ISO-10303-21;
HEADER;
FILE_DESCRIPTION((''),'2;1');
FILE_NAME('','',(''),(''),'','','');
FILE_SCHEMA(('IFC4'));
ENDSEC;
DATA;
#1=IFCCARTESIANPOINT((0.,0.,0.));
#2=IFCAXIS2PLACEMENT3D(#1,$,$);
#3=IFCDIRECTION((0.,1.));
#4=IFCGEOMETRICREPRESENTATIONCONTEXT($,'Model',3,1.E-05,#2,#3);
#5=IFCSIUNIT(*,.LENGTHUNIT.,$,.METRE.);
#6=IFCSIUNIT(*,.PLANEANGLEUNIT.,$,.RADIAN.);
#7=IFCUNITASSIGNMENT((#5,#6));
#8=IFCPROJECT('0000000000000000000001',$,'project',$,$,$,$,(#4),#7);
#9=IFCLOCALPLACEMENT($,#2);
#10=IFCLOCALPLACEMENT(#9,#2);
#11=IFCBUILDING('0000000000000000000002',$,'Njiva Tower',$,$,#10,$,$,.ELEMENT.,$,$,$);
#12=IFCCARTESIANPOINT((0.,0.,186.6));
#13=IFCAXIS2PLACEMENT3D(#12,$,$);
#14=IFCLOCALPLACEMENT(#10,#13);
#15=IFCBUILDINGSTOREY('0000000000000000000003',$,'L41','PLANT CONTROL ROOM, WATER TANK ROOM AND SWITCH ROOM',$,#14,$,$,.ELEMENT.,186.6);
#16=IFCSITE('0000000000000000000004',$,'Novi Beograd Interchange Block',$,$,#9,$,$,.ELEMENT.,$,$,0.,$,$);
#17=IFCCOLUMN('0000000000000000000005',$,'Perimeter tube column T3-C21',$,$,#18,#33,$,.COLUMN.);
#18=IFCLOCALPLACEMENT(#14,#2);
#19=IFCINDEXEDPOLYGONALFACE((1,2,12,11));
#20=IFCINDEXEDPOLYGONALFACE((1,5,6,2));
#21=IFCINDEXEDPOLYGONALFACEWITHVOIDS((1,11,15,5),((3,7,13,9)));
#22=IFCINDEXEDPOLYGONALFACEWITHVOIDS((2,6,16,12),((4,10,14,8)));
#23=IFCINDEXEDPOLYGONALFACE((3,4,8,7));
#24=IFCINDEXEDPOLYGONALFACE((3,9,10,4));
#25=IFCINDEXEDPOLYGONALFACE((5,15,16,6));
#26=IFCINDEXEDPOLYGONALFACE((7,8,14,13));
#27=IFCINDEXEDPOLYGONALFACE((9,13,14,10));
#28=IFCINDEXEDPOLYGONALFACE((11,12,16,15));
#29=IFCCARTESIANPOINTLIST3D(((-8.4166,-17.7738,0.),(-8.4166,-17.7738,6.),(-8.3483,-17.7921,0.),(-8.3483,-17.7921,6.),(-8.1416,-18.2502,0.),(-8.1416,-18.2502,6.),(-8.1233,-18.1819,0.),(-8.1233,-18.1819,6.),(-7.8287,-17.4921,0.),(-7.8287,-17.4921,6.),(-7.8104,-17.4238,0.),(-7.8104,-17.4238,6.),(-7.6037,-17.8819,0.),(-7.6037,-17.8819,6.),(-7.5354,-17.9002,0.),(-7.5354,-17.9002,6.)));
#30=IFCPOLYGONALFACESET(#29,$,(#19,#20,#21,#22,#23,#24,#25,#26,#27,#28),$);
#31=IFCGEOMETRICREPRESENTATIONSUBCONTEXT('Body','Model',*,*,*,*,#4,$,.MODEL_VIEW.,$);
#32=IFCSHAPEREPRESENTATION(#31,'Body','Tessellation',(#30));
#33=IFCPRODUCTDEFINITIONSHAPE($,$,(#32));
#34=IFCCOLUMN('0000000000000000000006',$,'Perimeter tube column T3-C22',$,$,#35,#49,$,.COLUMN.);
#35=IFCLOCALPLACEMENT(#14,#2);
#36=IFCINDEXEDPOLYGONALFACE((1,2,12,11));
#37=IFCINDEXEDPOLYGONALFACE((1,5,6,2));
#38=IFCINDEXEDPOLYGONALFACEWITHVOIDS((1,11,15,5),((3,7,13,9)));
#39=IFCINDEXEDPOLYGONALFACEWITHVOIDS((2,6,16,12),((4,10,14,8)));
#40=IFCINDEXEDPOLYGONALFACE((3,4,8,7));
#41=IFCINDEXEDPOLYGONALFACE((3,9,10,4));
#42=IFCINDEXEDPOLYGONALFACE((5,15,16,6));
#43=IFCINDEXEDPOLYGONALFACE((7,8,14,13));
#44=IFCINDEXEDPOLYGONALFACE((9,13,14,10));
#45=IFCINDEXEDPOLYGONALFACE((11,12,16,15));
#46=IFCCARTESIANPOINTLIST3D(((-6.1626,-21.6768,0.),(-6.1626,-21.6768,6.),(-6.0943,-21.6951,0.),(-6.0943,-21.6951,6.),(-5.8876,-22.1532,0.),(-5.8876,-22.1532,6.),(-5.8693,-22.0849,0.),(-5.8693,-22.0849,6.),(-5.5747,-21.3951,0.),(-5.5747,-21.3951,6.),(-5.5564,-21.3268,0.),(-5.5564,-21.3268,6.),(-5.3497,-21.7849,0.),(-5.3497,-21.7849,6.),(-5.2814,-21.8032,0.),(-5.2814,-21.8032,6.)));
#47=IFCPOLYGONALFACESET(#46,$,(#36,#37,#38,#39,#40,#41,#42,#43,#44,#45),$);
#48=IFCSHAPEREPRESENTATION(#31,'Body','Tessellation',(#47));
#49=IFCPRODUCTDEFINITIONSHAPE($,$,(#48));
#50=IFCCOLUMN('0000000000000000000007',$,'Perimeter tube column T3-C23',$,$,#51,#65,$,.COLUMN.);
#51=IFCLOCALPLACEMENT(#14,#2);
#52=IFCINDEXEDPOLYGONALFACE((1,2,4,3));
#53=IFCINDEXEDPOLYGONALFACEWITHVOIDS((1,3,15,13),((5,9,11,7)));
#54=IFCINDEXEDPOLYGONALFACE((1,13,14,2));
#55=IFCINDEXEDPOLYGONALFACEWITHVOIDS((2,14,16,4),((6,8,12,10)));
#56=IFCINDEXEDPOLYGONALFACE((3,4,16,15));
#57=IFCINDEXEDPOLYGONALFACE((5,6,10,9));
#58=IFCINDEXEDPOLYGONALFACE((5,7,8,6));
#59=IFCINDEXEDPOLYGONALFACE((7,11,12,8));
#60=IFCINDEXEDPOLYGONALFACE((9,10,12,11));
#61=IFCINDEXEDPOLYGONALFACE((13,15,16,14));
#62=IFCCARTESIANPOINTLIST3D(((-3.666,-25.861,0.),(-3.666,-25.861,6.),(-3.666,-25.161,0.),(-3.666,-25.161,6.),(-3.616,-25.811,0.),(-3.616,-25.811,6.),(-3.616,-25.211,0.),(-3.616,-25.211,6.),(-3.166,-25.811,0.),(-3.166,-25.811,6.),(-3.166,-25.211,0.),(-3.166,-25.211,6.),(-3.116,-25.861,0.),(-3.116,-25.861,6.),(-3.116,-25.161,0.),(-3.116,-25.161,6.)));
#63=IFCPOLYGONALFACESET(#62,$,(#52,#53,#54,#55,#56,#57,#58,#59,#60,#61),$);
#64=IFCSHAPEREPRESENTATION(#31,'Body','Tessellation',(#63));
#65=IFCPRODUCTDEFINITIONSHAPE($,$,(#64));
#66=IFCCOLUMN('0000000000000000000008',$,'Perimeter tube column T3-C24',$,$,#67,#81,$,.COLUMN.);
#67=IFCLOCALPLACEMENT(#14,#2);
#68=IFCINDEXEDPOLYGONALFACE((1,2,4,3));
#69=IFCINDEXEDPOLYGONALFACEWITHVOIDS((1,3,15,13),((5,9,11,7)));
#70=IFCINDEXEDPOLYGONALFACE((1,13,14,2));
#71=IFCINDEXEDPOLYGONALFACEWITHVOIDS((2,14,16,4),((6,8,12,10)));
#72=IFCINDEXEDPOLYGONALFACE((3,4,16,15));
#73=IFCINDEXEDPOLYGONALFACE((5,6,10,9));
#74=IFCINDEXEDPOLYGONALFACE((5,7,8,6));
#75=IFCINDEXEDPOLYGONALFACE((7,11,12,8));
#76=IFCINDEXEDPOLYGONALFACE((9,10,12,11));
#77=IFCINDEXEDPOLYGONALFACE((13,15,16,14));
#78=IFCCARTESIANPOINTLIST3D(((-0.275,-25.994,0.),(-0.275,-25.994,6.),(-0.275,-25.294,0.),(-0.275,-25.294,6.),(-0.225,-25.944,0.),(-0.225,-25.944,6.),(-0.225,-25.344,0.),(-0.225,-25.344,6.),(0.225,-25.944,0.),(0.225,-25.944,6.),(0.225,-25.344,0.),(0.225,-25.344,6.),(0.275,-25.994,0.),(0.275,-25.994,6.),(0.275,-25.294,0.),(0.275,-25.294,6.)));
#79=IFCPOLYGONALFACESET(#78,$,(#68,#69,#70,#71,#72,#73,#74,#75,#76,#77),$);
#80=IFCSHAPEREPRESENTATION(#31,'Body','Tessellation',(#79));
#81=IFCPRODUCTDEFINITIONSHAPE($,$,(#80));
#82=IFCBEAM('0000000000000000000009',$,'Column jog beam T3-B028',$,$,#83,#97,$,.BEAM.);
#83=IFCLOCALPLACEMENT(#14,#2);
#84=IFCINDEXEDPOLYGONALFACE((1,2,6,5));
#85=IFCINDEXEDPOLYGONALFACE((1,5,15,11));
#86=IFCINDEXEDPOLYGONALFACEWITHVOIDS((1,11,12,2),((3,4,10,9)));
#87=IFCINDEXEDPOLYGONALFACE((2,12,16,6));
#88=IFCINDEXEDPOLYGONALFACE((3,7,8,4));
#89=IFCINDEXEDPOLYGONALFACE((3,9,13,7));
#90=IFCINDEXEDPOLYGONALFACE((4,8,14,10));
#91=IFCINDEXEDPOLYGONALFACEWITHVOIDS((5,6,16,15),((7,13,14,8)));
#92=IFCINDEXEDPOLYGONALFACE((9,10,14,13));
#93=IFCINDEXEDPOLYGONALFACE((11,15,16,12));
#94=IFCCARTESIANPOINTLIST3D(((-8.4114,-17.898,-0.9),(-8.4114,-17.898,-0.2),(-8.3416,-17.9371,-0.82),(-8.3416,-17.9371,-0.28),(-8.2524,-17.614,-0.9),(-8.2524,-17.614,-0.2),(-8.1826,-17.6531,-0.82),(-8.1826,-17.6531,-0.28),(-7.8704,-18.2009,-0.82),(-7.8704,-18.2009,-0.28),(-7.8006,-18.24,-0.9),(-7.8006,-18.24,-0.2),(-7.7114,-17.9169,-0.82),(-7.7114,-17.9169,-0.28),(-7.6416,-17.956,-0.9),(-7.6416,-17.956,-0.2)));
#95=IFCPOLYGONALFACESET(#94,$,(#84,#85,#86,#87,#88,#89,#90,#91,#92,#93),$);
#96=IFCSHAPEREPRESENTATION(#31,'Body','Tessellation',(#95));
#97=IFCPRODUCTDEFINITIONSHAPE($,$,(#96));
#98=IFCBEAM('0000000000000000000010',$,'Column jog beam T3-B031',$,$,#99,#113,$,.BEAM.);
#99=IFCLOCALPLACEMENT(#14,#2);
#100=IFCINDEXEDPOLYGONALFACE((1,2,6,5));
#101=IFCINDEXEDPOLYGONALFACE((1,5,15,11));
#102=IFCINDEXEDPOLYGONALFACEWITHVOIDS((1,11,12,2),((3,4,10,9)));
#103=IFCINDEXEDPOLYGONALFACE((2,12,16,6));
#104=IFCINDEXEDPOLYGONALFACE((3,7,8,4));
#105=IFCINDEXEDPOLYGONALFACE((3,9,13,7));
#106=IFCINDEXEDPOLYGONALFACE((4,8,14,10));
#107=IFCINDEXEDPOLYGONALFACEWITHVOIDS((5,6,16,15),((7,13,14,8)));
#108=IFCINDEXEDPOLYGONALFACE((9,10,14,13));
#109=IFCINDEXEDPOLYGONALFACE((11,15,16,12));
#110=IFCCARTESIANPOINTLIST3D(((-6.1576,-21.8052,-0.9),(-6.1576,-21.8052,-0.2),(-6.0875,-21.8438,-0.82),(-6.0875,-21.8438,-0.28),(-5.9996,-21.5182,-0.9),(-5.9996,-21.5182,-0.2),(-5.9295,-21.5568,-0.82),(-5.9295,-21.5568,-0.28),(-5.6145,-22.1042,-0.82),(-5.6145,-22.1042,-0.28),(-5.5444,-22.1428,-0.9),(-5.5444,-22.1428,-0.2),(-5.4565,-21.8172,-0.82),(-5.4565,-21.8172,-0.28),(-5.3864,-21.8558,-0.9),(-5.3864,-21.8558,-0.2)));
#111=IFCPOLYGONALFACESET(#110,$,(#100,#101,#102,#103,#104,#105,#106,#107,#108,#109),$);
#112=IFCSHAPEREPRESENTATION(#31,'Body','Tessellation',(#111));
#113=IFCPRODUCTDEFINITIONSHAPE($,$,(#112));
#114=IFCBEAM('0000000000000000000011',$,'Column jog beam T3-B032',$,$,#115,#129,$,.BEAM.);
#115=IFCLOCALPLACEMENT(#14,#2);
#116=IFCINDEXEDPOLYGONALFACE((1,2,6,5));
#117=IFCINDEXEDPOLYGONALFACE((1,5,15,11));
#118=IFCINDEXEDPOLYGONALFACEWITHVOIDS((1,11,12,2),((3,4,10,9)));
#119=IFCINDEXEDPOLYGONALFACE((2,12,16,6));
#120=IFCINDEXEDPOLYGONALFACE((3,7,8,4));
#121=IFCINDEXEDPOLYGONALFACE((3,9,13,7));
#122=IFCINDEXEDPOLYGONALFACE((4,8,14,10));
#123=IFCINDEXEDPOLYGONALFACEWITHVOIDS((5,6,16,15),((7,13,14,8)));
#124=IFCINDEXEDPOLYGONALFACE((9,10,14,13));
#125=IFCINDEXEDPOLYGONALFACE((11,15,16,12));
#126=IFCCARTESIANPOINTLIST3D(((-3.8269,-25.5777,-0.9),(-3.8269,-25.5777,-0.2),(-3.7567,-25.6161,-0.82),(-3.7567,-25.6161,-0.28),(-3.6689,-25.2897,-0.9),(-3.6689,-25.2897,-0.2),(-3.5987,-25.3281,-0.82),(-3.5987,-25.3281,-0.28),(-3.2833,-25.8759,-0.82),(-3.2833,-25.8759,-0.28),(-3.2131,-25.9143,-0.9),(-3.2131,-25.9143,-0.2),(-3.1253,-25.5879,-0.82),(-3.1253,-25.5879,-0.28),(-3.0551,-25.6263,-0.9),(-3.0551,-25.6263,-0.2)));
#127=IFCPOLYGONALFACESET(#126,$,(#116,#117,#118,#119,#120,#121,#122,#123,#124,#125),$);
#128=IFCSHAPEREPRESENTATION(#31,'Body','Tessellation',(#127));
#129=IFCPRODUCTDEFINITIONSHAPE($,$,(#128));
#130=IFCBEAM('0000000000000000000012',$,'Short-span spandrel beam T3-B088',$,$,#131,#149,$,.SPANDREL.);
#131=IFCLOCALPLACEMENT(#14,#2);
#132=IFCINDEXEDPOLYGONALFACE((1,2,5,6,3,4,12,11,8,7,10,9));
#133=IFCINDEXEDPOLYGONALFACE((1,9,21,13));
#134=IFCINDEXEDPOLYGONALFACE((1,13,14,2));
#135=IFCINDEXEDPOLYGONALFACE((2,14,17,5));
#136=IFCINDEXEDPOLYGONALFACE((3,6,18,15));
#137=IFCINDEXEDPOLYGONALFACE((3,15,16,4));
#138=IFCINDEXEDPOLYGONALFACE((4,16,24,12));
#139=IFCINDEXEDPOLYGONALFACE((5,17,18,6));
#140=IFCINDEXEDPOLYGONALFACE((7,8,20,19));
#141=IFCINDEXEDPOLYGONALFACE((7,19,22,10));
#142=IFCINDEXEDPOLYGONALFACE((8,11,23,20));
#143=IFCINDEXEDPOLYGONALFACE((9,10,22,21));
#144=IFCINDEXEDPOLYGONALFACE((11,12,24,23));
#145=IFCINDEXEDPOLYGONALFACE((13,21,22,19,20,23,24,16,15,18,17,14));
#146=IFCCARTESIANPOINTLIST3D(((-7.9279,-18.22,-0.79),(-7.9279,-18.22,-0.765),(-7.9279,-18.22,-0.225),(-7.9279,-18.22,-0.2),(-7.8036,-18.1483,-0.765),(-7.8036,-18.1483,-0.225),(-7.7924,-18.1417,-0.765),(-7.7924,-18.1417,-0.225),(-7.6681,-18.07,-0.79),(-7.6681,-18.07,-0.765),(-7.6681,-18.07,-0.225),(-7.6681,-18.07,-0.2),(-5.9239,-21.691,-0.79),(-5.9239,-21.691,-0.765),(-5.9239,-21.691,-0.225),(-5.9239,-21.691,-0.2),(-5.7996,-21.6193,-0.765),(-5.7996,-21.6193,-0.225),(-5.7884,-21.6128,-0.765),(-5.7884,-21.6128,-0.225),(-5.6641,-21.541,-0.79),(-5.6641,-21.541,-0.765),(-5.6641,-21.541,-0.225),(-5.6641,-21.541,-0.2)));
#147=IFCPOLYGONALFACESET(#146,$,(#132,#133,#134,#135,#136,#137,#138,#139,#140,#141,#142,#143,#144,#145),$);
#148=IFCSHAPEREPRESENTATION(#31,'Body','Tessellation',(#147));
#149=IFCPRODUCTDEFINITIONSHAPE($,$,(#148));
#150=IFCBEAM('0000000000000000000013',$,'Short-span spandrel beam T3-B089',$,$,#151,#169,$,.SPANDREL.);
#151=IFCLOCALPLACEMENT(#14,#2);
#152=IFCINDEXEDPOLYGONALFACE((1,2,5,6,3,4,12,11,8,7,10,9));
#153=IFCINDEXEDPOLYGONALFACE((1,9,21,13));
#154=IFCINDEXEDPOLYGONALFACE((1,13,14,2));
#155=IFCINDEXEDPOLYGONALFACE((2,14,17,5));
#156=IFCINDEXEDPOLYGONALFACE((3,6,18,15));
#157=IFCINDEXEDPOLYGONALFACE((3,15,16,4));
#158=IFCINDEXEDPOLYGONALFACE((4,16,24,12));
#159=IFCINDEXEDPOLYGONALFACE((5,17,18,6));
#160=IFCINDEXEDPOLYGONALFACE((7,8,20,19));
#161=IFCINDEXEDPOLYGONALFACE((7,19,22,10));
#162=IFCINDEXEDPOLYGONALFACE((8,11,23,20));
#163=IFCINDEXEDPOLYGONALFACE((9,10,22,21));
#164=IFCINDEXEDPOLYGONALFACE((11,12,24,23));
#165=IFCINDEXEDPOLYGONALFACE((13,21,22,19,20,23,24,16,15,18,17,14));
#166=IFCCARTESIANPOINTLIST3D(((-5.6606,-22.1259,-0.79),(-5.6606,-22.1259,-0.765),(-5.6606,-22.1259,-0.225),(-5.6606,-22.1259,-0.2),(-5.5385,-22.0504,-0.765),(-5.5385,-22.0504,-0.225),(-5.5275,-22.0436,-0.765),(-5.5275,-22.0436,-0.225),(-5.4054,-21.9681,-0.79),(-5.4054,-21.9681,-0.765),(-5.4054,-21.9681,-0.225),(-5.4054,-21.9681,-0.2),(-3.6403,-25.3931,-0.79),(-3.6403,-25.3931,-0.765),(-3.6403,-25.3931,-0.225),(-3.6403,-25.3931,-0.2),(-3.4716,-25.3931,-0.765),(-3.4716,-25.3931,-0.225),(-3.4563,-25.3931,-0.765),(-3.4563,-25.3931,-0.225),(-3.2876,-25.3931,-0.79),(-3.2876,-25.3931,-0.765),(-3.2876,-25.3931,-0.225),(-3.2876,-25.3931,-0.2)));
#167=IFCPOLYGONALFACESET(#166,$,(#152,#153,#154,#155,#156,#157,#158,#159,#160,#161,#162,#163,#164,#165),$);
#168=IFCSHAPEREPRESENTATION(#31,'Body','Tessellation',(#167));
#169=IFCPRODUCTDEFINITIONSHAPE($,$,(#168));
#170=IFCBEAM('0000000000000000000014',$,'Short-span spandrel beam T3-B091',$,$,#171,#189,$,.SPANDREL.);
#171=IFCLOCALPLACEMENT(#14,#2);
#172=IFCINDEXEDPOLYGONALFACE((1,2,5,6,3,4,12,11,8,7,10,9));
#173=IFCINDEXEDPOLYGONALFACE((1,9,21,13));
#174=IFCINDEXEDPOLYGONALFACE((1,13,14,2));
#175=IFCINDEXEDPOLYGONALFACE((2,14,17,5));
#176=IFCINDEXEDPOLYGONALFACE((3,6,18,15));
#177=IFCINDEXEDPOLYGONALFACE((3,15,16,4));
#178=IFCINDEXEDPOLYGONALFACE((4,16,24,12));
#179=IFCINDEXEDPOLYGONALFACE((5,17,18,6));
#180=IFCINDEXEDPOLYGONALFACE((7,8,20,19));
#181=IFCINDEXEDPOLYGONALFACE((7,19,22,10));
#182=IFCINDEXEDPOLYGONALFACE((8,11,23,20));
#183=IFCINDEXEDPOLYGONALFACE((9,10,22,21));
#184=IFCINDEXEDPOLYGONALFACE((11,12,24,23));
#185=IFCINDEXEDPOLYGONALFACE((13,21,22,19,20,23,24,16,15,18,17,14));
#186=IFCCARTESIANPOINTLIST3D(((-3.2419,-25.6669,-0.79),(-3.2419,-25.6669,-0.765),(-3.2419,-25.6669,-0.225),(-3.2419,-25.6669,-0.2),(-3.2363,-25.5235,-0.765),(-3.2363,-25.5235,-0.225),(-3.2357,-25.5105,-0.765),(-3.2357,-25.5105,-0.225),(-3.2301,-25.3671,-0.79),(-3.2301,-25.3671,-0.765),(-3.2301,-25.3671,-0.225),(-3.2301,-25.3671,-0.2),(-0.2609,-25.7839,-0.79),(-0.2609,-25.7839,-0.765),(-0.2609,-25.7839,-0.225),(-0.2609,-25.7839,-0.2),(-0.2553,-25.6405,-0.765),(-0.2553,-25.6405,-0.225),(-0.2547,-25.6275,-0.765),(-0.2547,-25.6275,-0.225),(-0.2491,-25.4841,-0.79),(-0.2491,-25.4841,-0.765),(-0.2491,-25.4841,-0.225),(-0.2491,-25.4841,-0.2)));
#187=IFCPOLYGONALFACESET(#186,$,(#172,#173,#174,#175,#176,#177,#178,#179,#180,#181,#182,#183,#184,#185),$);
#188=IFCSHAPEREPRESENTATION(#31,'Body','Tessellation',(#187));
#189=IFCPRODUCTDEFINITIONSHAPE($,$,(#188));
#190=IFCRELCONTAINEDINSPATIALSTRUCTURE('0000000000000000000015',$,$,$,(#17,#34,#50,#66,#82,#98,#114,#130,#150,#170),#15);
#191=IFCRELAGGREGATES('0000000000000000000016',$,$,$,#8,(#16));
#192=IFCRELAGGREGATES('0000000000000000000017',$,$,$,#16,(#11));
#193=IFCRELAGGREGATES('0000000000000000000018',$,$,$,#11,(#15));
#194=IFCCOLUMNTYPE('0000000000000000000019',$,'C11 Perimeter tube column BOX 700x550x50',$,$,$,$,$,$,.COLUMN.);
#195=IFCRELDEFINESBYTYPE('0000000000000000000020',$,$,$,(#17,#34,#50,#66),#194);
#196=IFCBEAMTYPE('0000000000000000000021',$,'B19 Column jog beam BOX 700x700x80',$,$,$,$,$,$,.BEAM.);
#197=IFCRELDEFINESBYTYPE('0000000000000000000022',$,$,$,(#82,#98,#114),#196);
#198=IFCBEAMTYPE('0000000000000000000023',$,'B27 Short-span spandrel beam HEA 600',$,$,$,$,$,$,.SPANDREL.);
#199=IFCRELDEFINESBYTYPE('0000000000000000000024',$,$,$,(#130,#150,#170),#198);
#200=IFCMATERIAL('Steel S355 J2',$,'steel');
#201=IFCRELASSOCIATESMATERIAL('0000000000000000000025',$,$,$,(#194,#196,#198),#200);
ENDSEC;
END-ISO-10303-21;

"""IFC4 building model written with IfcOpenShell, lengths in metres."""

from ifc_helpers import new_model, si_unit, direction, frame, origin, origin_2d, place, context, subcontext, project, spatial, hollow_rectangle, i_section, extrude, clip, halfspace, material, material_profile, profile_set, type_object, element, save


model = new_model("IFC4")

# Units and contexts
model_context = context("Model", 3, precision=1e-05, world=origin(), true_north=direction((0.0, 1.0)))
body_context = subcontext(model_context, "Body", "Model", "MODEL_VIEW")
ifc_project = project(units=[si_unit("LENGTHUNIT", "METRE"), si_unit("PLANEANGLEUNIT", "RADIAN")], contexts=[model_context])

# Site, building, storey
site_placement = place(None, origin())
site = spatial("IfcSite", under=ifc_project, at=site_placement, Name="Novi Beograd Interchange Block", CompositionType="ELEMENT", RefElevation=0.0)
building_placement = place(site_placement, origin())
building = spatial("IfcBuilding", under=site, at=building_placement, Name="Njiva Tower", CompositionType="ELEMENT")
storey_placement = place(building_placement, frame((0.0, 0.0, 186.6)))
storey = spatial("IfcBuildingStorey", under=building, at=storey_placement, Name="L41", Description="PLANT CONTROL ROOM, WATER TANK ROOM AND SWITCH ROOM", CompositionType="ELEMENT", Elevation=186.6)

# Columns
ifc_material_1 = material(Name="Steel S355 J2", Category="steel")
ifc_material_profile_1 = material_profile(ifc_material_1, hollow_rectangle(XDim=0.55, YDim=0.7, WallThickness=0.05, at=origin_2d()), Name="BOX 700x550x50")
ifc_profile_set_1 = profile_set([ifc_material_profile_1], Name="Steel S355 J2")
column_type = type_object("IfcColumnType", Name="C11 Perimeter tube column BOX 700x550x50", PredefinedType="COLUMN", material=ifc_profile_set_1)
for number, where, z_axis, x_axis, name in (
    (1, (-7.976, -17.837, 0.0), (0.0, 0.0, 1.0), (0.5, -0.866025, 0.0), "Perimeter tube column T3-C21"),
    (2, (-5.722, -21.74, 0.0), (0.0, 0.0, 1.0), (0.5, -0.866025, 0.0), "Perimeter tube column T3-C22"),
    (3, (-3.391, -25.511, 0.0), (0.0, 0.0, 1.0), (1.0, 0.0, 0.0), "Perimeter tube column T3-C23"),
    (4, (0.0, -25.644, 0.0), (0.0, 0.0, 1.0), (1.0, 0.0, 0.0), "Perimeter tube column T3-C24"),
):
    element("IfcColumn", number, at=place(storey_placement, frame(where, z_axis=z_axis, x_axis=x_axis)), inside=storey, type_object=column_type, Name=name, PredefinedType="COLUMN", context=body_context, shape_type="SweptSolid", body=[
        extrude(hollow_rectangle(XDim=0.55, YDim=0.7, WallThickness=0.05, at=origin_2d()), origin(), (0.0, 0.0, 1.0), 6.0),
    ])

# Beams
ifc_material_profile_2 = material_profile(ifc_material_1, hollow_rectangle(XDim=0.7, YDim=0.7, WallThickness=0.08, at=origin_2d()), Name="BOX 700x700x80")
ifc_profile_set_2 = profile_set([ifc_material_profile_2], Name="Steel S355 J2")
beam_type_1 = type_object("IfcBeamType", Name="B19 Column jog beam BOX 700x700x80", PredefinedType="BEAM", material=ifc_profile_set_2)
beam_1_placement = place(storey_placement, frame((-8.106, -18.069, -0.55), z_axis=(0.48851, 0.872558, 0.0), x_axis=(-0.872558, 0.48851, 0.0)))
element("IfcBeam", 5, at=beam_1_placement, inside=storey, type_object=beam_type_1, Name="Column jog beam T3-B028", PredefinedType="BEAM", context=body_context, shape_type="SweptSolid", body=[
    extrude(hollow_rectangle(XDim=0.7, YDim=0.7, WallThickness=0.08, at=origin_2d()), origin(), (0.0, 0.0, 1.0), 0.3255),
])
beam_2_placement = place(storey_placement, frame((-5.851, -21.974, -0.55), z_axis=(0.48227, 0.876023, 0.0), x_axis=(-0.876023, 0.48227, 0.0)))
element("IfcBeam", 6, at=beam_2_placement, inside=storey, type_object=beam_type_1, Name="Column jog beam T3-B031", PredefinedType="BEAM", context=body_context, shape_type="SweptSolid", body=[
    extrude(hollow_rectangle(XDim=0.7, YDim=0.7, WallThickness=0.08, at=origin_2d()), origin(), (0.0, 0.0, 1.0), 0.3276),
])
beam_3_placement = place(storey_placement, frame((-3.52, -25.746, -0.55), z_axis=(0.480984, 0.87673, 0.0), x_axis=(-0.87673, 0.480984, 0.0)))
element("IfcBeam", 7, at=beam_3_placement, inside=storey, type_object=beam_type_1, Name="Column jog beam T3-B032", PredefinedType="BEAM", context=body_context, shape_type="SweptSolid", body=[
    extrude(hollow_rectangle(XDim=0.7, YDim=0.7, WallThickness=0.08, at=origin_2d()), origin(), (0.0, 0.0, 1.0), 0.3285),
])
ifc_material_profile_3 = material_profile(ifc_material_1, i_section(OverallWidth=0.3, OverallDepth=0.59, WebThickness=0.013, FlangeThickness=0.025, at=origin_2d()), Name="HEA 600")
ifc_profile_set_3 = profile_set([ifc_material_profile_3], Name="Steel S355 J2")
beam_type_2 = type_object("IfcBeamType", Name="B27 Short-span spandrel beam HEA 600", PredefinedType="SPANDREL", material=ifc_profile_set_3)
beam_4_placement = place(storey_placement, frame((-7.798, -18.145, -0.495), z_axis=(0.500003, -0.866024, 0.0), x_axis=(0.866024, 0.500003, 0.0)))
element("IfcBeam", 8, at=beam_4_placement, inside=storey, type_object=beam_type_2, Name="Short-span spandrel beam T3-B088", PredefinedType="SPANDREL", context=body_context, shape_type="SweptSolid", body=[
    extrude(i_section(OverallWidth=0.3, OverallDepth=0.59, WebThickness=0.013, FlangeThickness=0.025, at=origin_2d()), origin(), (0.0, 0.0, 1.0), 4.008),
])
beam_5_placement = place(storey_placement, frame((-5.533, -22.047, -0.495), z_axis=(0.525926, -0.85053, 0.0), x_axis=(0.85053, 0.525926, 0.0)))
element("IfcBeam", 9, at=beam_5_placement, inside=storey, type_object=beam_type_2, Name="Short-span spandrel beam T3-B089", PredefinedType="SPANDREL", context=body_context, shape_type="Clipping", body=[
    clip(extrude(i_section(OverallWidth=0.3, OverallDepth=0.59, WebThickness=0.013, FlangeThickness=0.025, at=origin_2d()), origin(), (0.0, 0.0, 1.0), 4.047), halfspace(frame((-0.0265, 0.0, 3.9177), z_axis=(-0.525926, 0.0, 0.85053), x_axis=(0.0, 1.0, 0.0)), False)),
])
beam_6_placement = place(storey_placement, frame((-3.236, -25.517, -0.495), z_axis=(0.999231, -0.039218, 0.0), x_axis=(0.039218, 0.999231, 0.0)))
element("IfcBeam", 10, at=beam_6_placement, inside=storey, type_object=beam_type_2, Name="Short-span spandrel beam T3-B091", PredefinedType="SPANDREL", context=body_context, shape_type="SweptSolid", body=[
    extrude(i_section(OverallWidth=0.3, OverallDepth=0.59, WebThickness=0.013, FlangeThickness=0.025, at=origin_2d()), origin(), (0.0, 0.0, 1.0), 2.9833),
])

save(model, "model.ifc")
